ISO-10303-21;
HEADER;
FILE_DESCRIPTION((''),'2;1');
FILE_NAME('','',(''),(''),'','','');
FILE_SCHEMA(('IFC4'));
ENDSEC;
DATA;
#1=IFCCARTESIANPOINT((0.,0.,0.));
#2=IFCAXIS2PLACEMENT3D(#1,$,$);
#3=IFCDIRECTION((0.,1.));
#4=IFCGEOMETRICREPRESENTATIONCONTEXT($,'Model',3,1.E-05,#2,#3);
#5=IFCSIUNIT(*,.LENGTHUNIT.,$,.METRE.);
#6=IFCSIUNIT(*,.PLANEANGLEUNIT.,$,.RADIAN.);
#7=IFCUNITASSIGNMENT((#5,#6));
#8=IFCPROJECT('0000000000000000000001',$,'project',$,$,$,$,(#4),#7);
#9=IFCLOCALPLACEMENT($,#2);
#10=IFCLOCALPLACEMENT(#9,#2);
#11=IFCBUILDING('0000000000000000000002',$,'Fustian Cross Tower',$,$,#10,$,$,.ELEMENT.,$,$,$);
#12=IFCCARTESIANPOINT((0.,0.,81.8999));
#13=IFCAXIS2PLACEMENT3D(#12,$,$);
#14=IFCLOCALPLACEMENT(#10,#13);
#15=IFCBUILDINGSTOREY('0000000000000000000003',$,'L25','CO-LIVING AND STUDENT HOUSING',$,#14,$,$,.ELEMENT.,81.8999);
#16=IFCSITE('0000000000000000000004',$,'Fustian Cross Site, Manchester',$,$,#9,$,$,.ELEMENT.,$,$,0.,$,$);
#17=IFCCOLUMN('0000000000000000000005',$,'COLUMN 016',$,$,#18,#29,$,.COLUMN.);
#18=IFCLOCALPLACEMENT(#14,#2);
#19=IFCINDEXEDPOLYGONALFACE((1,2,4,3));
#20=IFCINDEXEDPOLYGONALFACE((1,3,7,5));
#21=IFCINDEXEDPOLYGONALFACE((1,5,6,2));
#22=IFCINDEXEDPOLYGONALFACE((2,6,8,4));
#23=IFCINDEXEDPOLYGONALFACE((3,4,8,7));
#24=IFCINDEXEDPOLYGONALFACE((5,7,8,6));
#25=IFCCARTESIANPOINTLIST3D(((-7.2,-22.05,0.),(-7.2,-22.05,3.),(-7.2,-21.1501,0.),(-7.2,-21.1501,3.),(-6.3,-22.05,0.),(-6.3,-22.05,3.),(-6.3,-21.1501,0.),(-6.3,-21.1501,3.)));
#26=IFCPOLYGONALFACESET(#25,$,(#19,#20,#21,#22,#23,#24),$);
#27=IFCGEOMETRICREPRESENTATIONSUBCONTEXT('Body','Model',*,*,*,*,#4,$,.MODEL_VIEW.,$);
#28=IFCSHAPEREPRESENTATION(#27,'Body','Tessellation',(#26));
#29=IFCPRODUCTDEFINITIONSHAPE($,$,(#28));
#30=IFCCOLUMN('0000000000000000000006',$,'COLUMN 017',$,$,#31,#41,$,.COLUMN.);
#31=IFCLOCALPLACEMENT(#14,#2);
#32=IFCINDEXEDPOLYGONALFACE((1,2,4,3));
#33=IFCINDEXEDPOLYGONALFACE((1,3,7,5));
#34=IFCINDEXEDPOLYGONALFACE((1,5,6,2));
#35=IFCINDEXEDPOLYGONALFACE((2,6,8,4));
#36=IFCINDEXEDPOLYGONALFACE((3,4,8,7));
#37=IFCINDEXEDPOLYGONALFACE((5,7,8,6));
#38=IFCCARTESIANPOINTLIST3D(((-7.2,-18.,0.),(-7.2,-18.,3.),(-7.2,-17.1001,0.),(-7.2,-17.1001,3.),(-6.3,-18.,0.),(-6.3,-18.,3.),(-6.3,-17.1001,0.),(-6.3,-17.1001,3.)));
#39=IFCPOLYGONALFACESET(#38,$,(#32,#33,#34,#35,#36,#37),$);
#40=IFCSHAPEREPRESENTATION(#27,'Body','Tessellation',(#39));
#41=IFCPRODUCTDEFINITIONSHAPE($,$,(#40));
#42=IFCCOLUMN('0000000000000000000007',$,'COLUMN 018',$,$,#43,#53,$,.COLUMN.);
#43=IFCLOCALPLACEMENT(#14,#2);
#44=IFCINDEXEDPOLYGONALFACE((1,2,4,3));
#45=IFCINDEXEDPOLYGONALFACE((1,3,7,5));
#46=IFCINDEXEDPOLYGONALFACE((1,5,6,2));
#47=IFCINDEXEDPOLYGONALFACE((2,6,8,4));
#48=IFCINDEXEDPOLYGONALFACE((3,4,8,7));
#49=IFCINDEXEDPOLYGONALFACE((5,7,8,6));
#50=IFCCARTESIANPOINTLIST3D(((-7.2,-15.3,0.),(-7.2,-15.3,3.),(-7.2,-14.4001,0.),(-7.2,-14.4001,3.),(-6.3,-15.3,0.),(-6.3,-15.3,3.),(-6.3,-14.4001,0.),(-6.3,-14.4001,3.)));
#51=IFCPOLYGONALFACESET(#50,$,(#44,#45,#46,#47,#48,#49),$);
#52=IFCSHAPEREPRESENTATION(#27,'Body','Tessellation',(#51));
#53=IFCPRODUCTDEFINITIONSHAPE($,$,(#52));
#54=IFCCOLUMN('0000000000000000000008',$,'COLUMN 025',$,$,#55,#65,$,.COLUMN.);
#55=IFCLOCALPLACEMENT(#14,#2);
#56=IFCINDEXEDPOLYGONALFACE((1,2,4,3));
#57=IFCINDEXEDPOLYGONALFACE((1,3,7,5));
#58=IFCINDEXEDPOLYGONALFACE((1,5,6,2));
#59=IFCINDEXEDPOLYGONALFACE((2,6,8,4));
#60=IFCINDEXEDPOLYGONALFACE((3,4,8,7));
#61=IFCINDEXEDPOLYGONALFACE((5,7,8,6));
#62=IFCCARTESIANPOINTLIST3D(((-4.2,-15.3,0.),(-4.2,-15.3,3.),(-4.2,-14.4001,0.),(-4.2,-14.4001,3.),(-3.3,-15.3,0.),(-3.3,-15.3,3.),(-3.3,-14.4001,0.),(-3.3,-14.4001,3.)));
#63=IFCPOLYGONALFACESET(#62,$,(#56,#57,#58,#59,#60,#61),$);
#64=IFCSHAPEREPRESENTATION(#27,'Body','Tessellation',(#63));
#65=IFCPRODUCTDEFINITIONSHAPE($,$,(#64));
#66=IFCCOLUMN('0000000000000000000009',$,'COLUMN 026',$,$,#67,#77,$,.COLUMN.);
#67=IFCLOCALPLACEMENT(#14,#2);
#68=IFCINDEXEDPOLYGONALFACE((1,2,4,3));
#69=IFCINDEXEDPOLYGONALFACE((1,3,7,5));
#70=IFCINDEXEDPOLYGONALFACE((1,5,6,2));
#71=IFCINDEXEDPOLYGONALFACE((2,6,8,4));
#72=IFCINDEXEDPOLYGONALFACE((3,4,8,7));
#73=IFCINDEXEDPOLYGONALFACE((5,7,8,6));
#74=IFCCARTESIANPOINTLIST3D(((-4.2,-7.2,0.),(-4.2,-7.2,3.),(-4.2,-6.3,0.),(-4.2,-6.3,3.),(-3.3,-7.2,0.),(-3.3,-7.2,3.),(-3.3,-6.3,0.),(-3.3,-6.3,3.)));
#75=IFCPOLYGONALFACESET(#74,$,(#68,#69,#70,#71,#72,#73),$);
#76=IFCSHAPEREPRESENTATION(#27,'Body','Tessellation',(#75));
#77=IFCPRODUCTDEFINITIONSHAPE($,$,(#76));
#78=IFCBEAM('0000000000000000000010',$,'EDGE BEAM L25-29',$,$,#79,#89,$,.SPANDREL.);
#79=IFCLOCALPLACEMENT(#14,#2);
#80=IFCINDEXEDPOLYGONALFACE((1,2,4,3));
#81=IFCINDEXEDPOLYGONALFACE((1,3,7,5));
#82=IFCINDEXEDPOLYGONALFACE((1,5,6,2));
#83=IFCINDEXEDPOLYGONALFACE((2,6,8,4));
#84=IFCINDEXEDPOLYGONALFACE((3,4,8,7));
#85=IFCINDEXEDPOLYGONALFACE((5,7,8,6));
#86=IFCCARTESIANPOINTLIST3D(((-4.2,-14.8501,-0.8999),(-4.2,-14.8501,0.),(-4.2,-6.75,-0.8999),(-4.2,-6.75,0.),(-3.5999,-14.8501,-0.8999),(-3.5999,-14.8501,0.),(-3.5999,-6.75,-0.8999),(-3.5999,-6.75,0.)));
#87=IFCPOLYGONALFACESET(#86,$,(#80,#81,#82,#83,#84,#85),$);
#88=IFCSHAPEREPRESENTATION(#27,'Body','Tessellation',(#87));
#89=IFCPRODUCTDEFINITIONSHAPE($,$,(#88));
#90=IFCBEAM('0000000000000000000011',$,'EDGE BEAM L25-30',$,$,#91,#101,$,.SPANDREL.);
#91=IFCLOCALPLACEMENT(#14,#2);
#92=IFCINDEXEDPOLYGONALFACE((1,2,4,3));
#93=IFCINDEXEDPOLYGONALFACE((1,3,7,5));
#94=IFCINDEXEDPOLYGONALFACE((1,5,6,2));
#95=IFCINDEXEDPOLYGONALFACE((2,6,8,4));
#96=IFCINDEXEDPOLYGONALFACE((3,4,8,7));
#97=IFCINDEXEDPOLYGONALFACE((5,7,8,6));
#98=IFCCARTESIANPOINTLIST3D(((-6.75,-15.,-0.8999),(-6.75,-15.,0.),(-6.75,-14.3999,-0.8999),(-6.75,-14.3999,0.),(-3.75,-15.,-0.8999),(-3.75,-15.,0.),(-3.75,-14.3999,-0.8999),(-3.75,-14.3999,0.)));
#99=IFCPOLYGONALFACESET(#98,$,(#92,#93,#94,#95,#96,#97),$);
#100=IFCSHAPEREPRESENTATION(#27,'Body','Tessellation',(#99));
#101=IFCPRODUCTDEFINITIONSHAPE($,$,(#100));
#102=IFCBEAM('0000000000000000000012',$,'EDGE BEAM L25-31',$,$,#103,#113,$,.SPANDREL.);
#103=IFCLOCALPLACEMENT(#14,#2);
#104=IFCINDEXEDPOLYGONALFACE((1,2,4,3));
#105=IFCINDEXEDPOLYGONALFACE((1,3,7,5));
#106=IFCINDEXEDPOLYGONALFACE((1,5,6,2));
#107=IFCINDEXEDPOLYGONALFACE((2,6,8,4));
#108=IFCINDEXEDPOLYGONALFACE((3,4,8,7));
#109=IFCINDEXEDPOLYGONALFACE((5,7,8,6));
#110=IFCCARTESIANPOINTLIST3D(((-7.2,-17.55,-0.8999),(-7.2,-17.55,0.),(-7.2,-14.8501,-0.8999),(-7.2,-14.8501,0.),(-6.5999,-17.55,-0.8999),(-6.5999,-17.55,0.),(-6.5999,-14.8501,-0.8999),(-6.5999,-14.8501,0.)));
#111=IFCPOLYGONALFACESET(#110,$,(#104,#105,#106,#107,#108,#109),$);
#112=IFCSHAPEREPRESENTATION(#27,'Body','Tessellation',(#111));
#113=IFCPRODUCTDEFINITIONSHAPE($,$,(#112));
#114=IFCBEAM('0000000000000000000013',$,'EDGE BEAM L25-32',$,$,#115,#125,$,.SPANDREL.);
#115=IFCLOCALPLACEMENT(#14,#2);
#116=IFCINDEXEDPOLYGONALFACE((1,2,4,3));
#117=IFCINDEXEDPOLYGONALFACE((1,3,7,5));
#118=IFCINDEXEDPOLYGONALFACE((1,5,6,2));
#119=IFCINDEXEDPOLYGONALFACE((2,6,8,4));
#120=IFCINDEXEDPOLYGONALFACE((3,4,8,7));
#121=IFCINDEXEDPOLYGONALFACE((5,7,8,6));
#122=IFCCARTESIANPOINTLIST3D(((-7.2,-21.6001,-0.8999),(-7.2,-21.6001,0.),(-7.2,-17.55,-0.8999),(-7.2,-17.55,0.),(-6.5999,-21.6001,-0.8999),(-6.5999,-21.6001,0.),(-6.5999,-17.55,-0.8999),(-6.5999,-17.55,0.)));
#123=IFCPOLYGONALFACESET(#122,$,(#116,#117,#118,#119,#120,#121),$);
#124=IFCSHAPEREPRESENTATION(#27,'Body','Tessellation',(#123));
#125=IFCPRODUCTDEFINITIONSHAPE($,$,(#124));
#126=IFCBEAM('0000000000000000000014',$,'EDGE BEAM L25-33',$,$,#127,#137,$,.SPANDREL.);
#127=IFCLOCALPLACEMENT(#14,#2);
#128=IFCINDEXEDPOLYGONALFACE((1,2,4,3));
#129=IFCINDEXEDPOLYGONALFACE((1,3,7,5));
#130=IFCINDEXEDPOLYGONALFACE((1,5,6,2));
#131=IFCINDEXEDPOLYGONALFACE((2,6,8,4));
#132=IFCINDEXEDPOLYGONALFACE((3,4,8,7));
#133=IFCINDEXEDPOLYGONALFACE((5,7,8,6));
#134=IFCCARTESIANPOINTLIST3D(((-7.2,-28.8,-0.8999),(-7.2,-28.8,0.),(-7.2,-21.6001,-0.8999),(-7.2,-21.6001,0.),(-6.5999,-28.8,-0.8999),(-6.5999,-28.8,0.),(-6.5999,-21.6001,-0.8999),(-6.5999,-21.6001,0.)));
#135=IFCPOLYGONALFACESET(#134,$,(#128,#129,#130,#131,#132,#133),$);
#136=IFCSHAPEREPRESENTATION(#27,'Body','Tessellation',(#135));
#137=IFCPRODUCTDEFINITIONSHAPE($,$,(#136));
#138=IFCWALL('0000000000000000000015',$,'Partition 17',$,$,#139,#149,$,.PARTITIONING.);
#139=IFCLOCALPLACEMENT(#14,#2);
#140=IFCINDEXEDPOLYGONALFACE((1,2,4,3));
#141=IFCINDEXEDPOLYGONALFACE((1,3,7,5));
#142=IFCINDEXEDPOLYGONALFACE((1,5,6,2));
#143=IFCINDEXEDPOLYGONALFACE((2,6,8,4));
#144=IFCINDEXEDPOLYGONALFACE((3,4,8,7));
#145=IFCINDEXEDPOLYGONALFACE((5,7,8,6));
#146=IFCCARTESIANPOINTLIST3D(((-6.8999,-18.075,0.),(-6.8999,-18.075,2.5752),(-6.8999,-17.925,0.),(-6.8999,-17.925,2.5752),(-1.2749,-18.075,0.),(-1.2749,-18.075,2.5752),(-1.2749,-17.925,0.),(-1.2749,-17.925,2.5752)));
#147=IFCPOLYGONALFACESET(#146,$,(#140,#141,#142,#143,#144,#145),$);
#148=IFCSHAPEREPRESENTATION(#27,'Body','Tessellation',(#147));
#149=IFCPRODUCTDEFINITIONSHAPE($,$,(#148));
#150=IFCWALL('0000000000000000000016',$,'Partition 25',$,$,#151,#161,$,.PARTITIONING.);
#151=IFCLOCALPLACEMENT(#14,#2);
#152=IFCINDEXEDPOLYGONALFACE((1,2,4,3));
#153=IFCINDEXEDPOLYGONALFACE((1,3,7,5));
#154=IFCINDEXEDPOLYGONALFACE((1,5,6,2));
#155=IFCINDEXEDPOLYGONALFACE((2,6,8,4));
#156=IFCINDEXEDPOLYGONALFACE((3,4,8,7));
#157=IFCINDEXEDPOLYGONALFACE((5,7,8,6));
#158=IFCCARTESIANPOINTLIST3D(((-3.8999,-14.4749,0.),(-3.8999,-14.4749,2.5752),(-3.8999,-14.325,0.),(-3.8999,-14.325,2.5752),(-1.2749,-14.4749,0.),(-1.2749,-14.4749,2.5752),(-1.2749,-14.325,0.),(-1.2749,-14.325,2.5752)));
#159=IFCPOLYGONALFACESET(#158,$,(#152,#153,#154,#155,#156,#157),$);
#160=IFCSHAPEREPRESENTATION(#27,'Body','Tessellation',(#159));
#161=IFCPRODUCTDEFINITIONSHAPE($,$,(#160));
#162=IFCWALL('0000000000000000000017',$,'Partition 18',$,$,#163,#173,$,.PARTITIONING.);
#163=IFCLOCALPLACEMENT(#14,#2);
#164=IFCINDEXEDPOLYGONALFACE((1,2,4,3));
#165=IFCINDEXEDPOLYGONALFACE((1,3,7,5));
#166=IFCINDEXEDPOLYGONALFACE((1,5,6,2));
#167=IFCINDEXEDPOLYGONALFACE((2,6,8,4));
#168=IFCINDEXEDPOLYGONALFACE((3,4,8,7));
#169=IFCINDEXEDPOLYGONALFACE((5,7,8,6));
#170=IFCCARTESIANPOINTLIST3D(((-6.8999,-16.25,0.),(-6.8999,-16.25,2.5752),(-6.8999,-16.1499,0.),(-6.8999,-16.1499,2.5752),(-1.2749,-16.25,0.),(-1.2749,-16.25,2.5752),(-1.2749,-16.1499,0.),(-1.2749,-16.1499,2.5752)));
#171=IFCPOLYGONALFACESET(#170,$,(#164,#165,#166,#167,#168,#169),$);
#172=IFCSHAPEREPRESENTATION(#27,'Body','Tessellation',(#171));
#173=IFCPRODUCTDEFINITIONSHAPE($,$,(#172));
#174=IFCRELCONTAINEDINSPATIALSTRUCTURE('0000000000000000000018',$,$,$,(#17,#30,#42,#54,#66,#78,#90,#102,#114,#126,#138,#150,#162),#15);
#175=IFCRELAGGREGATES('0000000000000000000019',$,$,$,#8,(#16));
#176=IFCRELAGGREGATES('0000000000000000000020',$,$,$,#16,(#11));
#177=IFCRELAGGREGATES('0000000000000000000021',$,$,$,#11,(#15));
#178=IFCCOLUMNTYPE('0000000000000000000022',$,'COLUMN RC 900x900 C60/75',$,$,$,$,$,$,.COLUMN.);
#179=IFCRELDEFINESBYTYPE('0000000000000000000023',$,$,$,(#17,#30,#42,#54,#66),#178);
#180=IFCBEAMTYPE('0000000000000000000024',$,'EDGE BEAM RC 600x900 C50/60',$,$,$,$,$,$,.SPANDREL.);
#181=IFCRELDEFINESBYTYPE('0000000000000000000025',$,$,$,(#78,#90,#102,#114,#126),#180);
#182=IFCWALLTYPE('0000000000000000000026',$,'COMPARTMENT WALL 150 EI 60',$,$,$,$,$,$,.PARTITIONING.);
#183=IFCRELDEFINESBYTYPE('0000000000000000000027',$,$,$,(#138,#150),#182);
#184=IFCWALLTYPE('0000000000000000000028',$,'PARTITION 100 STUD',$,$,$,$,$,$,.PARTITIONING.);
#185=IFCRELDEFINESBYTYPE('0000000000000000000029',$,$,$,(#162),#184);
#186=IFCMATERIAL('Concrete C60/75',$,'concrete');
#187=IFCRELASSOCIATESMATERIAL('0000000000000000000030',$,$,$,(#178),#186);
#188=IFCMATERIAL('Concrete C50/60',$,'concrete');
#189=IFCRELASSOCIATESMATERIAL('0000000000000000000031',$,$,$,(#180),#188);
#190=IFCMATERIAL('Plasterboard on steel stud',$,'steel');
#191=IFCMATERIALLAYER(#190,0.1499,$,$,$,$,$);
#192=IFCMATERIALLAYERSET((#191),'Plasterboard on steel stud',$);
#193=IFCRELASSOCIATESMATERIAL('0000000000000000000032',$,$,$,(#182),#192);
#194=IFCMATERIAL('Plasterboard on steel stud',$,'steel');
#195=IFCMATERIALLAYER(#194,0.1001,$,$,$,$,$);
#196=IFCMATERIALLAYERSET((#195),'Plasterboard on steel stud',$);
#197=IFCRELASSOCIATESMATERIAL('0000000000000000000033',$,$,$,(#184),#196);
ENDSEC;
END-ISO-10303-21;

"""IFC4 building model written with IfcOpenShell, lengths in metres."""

from ifc_helpers import new_model, si_unit, direction, frame, frame_2d, origin, origin_2d, place, context, subcontext, project, spatial, rectangle, extrude, material, layer, layer_set, material_profile, profile_set, type_object, element, save


model = new_model("IFC4")

# Units and contexts
model_context = context("Model", 3, precision=1e-05, world=origin(), true_north=direction((0.0, 1.0)))
body_context = subcontext(model_context, "Body", "Model", "MODEL_VIEW")
ifc_project = project(units=[si_unit("LENGTHUNIT", "METRE"), si_unit("PLANEANGLEUNIT", "RADIAN")], contexts=[model_context])

# Site, building, storey
site_placement = place(None, origin())
site = spatial("IfcSite", under=ifc_project, at=site_placement, Name="Fustian Cross Site, Manchester", CompositionType="ELEMENT", RefElevation=0.0)
building_placement = place(site_placement, origin())
building = spatial("IfcBuilding", under=site, at=building_placement, Name="Fustian Cross Tower", CompositionType="ELEMENT")
storey_placement = place(building_placement, frame((0.0, 0.0, 81.8999)))
storey = spatial("IfcBuildingStorey", under=building, at=storey_placement, Name="L25", Description="CO-LIVING AND STUDENT HOUSING", CompositionType="ELEMENT", Elevation=81.8999)

# Columns
ifc_material_1 = material(Name="Concrete C60/75", Category="concrete")
ifc_material_profile_1 = material_profile(ifc_material_1, rectangle(XDim=0.8999, YDim=0.8999, at=origin_2d()), Name="RC 900x900")
ifc_profile_set_1 = profile_set([ifc_material_profile_1], Name="Concrete C60/75")
column_type = type_object("IfcColumnType", Name="COLUMN RC 900x900 C60/75", PredefinedType="COLUMN", material=ifc_profile_set_1)
for number, where, z_axis, x_axis, name in (
    (1, (-6.75, -21.6001, 0.0), (0.0, 0.0, 1.0), (1.0, 0.0, 0.0), "COLUMN 016"),
    (2, (-6.75, -17.55, 0.0), (0.0, 0.0, 1.0), (1.0, 0.0, 0.0), "COLUMN 017"),
    (3, (-6.75, -14.8501, 0.0), (0.0, 0.0, 1.0), (1.0, 0.0, 0.0), "COLUMN 018"),
    (4, (-3.75, -14.8501, 0.0), (0.0, 0.0, 1.0), (1.0, 0.0, 0.0), "COLUMN 025"),
    (5, (-3.75, -6.75, 0.0), (0.0, 0.0, 1.0), (1.0, 0.0, 0.0), "COLUMN 026"),
):
    element("IfcColumn", number, at=place(storey_placement, frame(where, z_axis=z_axis, x_axis=x_axis)), inside=storey, type_object=column_type, Name=name, PredefinedType="COLUMN", context=body_context, shape_type="SweptSolid", body=[
        extrude(rectangle(XDim=0.8999, YDim=0.8999, at=origin_2d()), origin(), (0.0, 0.0, 1.0), 3.0),
    ])

# Beams
ifc_material_2 = material(Name="Concrete C50/60", Category="concrete")
ifc_material_profile_2 = material_profile(ifc_material_2, rectangle(XDim=0.6001, YDim=0.8999, at=origin_2d()), Name="RC 600x900")
ifc_profile_set_2 = profile_set([ifc_material_profile_2], Name="Concrete C50/60")
beam_type = type_object("IfcBeamType", Name="EDGE BEAM RC 600x900 C50/60", PredefinedType="SPANDREL", material=ifc_profile_set_2)
beam_1_placement = place(storey_placement, frame((-3.8999, -6.75, -0.45), z_axis=(0.0, -1.0, 0.0), x_axis=(1.0, 0.0, 0.0)))
element("IfcBeam", 6, at=beam_1_placement, inside=storey, type_object=beam_type, Name="EDGE BEAM L25-29", PredefinedType="SPANDREL", context=body_context, shape_type="SweptSolid", body=[
    extrude(rectangle(XDim=0.6001, YDim=0.8999, at=origin_2d()), origin(), (0.0, 0.0, 1.0), 8.1001),
])
beam_2_placement = place(storey_placement, frame((-3.75, -14.7, -0.45), z_axis=(-1.0, 0.0, 0.0), x_axis=(0.0, -1.0, 0.0)))
element("IfcBeam", 7, at=beam_2_placement, inside=storey, type_object=beam_type, Name="EDGE BEAM L25-30", PredefinedType="SPANDREL", context=body_context, shape_type="SweptSolid", body=[
    extrude(rectangle(XDim=0.6001, YDim=0.8999, at=origin_2d()), origin(), (0.0, 0.0, 1.0), 3.0),
])
beam_3_placement = place(storey_placement, frame((-6.8999, -14.8501, -0.45), z_axis=(0.0, -1.0, 0.0), x_axis=(1.0, 0.0, 0.0)))
element("IfcBeam", 8, at=beam_3_placement, inside=storey, type_object=beam_type, Name="EDGE BEAM L25-31", PredefinedType="SPANDREL", context=body_context, shape_type="SweptSolid", body=[
    extrude(rectangle(XDim=0.6001, YDim=0.8999, at=origin_2d()), origin(), (0.0, 0.0, 1.0), 2.7),
])
beam_4_placement = place(storey_placement, frame((-6.8999, -17.55, -0.45), z_axis=(0.0, -1.0, 0.0), x_axis=(1.0, 0.0, 0.0)))
element("IfcBeam", 9, at=beam_4_placement, inside=storey, type_object=beam_type, Name="EDGE BEAM L25-32", PredefinedType="SPANDREL", context=body_context, shape_type="SweptSolid", body=[
    extrude(rectangle(XDim=0.6001, YDim=0.8999, at=origin_2d()), origin(), (0.0, 0.0, 1.0), 4.05),
])
beam_5_placement = place(storey_placement, frame((-6.8999, -21.6001, -0.45), z_axis=(0.0, -1.0, 0.0), x_axis=(1.0, 0.0, 0.0)))
element("IfcBeam", 10, at=beam_5_placement, inside=storey, type_object=beam_type, Name="EDGE BEAM L25-33", PredefinedType="SPANDREL", context=body_context, shape_type="SweptSolid", body=[
    extrude(rectangle(XDim=0.6001, YDim=0.8999, at=origin_2d()), origin(), (0.0, 0.0, 1.0), 7.2),
])

# Walls
ifc_material_3 = material(Name="Plasterboard on steel stud", Category="steel")
ifc_layer_1 = layer(ifc_material_3, 0.1499)
ifc_layer_set_1 = layer_set([ifc_layer_1], Name="Plasterboard on steel stud")
wall_type_1 = type_object("IfcWallType", Name="COMPARTMENT WALL 150 EI 60", PredefinedType="PARTITIONING", material=ifc_layer_set_1)
wall_1_placement = place(storey_placement, frame((-6.8999, -18.0, 0.0), z_axis=(0.0, 0.0, 1.0), x_axis=(1.0, 0.0, 0.0)))
element("IfcWall", 11, at=wall_1_placement, inside=storey, type_object=wall_type_1, Name="Partition 17", PredefinedType="PARTITIONING", context=body_context, shape_type="SweptSolid", body=[
    extrude(rectangle(XDim=5.625, YDim=0.1499, at=frame_2d((2.8125, 0.0))), origin(), (0.0, 0.0, 1.0), 2.5752),
])
wall_2_placement = place(storey_placement, frame((-3.8999, -14.3999, 0.0), z_axis=(0.0, 0.0, 1.0), x_axis=(1.0, 0.0, 0.0)))
element("IfcWall", 12, at=wall_2_placement, inside=storey, type_object=wall_type_1, Name="Partition 25", PredefinedType="PARTITIONING", context=body_context, shape_type="SweptSolid", body=[
    extrude(rectangle(XDim=2.625, YDim=0.1499, at=frame_2d((1.3125, 0.0))), origin(), (0.0, 0.0, 1.0), 2.5752),
])
ifc_material_4 = material(Name="Plasterboard on steel stud", Category="steel")
ifc_layer_2 = layer(ifc_material_4, 0.1001)
ifc_layer_set_2 = layer_set([ifc_layer_2], Name="Plasterboard on steel stud")
wall_type_2 = type_object("IfcWallType", Name="PARTITION 100 STUD", PredefinedType="PARTITIONING", material=ifc_layer_set_2)
wall_3_placement = place(storey_placement, frame((-6.8999, -16.2, 0.0), z_axis=(0.0, 0.0, 1.0), x_axis=(1.0, 0.0, 0.0)))
element("IfcWall", 13, at=wall_3_placement, inside=storey, type_object=wall_type_2, Name="Partition 18", PredefinedType="PARTITIONING", context=body_context, shape_type="SweptSolid", body=[
    extrude(rectangle(XDim=5.625, YDim=0.1001, at=frame_2d((2.8125, 0.0))), origin(), (0.0, 0.0, 1.0), 2.5752),
])

save(model, "model.ifc")
